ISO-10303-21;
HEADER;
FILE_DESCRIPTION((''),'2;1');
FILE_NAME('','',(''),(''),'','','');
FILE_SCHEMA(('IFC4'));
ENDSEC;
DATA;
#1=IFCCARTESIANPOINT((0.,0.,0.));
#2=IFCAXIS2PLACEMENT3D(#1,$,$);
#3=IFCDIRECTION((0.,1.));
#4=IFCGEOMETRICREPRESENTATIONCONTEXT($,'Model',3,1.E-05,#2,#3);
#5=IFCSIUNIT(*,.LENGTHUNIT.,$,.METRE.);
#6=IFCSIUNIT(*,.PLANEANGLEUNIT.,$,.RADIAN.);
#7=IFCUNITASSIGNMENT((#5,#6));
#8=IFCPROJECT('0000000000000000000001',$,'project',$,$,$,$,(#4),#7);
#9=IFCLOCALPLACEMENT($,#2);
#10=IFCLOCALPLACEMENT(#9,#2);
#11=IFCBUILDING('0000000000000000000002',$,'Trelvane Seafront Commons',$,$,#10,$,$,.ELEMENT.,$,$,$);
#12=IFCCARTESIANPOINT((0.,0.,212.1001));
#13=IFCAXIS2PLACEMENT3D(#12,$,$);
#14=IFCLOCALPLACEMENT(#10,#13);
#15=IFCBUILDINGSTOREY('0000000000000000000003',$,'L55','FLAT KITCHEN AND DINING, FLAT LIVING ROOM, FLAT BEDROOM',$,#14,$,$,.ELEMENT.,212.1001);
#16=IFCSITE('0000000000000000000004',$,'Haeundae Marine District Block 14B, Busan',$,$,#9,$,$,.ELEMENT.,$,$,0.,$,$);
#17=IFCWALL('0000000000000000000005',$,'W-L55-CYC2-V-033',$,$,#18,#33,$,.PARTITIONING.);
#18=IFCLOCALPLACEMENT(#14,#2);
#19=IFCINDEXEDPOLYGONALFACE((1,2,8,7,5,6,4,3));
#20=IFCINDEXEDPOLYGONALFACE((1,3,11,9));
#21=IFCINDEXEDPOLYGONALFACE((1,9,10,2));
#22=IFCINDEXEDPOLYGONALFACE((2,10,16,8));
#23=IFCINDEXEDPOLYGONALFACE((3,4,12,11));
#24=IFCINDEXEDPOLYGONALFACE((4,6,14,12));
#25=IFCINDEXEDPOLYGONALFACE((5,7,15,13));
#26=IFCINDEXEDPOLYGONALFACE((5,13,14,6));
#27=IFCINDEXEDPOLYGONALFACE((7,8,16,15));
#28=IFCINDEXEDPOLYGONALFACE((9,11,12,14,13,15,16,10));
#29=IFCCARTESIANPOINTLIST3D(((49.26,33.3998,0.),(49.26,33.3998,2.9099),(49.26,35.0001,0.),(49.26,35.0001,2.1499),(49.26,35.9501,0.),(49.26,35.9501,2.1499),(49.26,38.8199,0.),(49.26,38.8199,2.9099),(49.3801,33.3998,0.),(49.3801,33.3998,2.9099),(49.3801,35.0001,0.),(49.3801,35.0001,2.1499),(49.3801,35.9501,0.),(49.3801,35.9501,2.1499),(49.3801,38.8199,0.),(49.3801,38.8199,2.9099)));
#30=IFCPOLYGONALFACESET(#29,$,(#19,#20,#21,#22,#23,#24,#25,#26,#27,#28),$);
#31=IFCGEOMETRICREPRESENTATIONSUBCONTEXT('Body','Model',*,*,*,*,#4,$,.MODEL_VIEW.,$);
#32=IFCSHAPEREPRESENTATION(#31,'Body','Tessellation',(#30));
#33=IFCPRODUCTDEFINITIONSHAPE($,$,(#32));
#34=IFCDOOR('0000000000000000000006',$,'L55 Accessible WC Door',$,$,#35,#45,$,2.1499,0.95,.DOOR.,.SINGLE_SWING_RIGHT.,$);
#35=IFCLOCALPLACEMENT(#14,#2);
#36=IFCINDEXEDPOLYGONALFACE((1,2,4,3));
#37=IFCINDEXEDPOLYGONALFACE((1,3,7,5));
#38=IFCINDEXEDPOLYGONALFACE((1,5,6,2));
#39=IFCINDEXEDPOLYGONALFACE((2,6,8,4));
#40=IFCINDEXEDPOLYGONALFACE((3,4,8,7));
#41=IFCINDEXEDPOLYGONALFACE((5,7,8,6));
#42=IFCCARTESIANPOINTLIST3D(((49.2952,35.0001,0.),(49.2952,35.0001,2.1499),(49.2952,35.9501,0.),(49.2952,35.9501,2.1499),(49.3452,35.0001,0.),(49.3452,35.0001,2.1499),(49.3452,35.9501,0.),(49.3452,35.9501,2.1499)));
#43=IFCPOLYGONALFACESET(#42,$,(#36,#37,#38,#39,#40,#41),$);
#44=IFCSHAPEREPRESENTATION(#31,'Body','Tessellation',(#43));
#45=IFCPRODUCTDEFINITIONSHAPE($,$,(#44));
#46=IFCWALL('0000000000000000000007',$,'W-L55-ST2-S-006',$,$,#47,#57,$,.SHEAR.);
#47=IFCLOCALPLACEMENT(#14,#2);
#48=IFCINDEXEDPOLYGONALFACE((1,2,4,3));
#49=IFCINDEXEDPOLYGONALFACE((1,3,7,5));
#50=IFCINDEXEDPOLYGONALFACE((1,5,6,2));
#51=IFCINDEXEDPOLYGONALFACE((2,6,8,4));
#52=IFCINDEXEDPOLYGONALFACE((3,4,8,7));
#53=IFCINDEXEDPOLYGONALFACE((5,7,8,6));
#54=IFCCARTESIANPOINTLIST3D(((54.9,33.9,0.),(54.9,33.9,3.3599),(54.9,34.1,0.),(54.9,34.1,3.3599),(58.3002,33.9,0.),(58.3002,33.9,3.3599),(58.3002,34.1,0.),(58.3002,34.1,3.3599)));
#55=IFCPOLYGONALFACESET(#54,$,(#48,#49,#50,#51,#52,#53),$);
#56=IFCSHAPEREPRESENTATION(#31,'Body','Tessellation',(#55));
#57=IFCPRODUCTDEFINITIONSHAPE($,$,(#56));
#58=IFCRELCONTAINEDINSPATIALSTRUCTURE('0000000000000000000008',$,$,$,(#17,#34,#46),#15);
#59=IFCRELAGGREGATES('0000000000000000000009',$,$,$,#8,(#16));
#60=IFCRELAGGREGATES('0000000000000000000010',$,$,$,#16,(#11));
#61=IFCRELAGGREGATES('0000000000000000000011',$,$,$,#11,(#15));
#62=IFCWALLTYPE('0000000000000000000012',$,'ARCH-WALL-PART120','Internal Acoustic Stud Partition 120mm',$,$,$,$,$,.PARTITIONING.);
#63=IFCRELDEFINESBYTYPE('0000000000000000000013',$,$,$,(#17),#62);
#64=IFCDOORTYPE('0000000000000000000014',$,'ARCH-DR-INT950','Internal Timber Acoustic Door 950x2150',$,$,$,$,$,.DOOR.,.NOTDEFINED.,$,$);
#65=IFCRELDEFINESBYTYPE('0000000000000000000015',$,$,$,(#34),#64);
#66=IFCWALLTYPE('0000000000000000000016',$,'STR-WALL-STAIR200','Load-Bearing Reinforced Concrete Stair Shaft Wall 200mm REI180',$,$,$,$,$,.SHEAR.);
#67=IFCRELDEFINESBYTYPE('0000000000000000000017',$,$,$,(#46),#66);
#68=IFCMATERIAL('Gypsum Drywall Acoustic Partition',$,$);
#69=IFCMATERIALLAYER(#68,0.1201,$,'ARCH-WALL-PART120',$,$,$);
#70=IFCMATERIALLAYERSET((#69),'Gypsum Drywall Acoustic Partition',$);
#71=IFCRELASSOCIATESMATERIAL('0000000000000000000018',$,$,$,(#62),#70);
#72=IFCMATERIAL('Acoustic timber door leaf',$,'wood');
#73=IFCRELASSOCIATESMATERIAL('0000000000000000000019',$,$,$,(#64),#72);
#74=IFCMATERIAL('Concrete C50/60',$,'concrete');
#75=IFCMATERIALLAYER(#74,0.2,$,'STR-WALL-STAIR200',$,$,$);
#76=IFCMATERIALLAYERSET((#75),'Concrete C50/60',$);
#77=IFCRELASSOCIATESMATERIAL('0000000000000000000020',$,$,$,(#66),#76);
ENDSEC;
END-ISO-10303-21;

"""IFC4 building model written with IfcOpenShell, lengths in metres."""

from ifc_helpers import new_model, si_unit, direction, frame, frame_2d, origin, place, context, subcontext, project, spatial, rectangle, extrude, source, transform, mapped, material, layer, layer_set, type_object, element, fill, save


model = new_model("IFC4")

# Units and contexts
model_context = context("Model", 3, precision=1e-05, world=origin(), true_north=direction((0.0, 1.0)))
body_context = subcontext(model_context, "Body", "Model", "MODEL_VIEW")
ifc_project = project(units=[si_unit("LENGTHUNIT", "METRE"), si_unit("PLANEANGLEUNIT", "RADIAN")], contexts=[model_context])

# Site, building, storey
site_placement = place(None, origin())
site = spatial("IfcSite", under=ifc_project, at=site_placement, Name="Haeundae Marine District Block 14B, Busan", CompositionType="ELEMENT", RefElevation=0.0)
building_placement = place(site_placement, origin())
building = spatial("IfcBuilding", under=site, at=building_placement, Name="Trelvane Seafront Commons", CompositionType="ELEMENT")
storey_placement = place(building_placement, frame((0.0, 0.0, 212.1001)))
storey = spatial("IfcBuildingStorey", under=building, at=storey_placement, Name="L55", Description="FLAT KITCHEN AND DINING, FLAT LIVING ROOM, FLAT BEDROOM", CompositionType="ELEMENT", Elevation=212.1001)

# Shared definitions
ifc_material_1 = material(Name="Concrete C50/60", Category="concrete")

# Wall, opening, door
shared_shape_1 = source(origin(), body_context, "Body", "SweptSolid", [
    extrude(rectangle(XDim=0.95, YDim=2.1499, at=frame_2d((0.4751, 1.075))), frame((0.0, 0.0249, 0.0), z_axis=(0.0, -1.0, 0.0), x_axis=(1.0, 0.0, 0.0)), (0.0, 0.0, 1.0), 0.05),
])
ifc_material_2 = material(Name="Gypsum Drywall Acoustic Partition")
ifc_layer_1 = layer(ifc_material_2, 0.1201, Name="ARCH-WALL-PART120")
ifc_layer_set_1 = layer_set([ifc_layer_1], Name="Gypsum Drywall Acoustic Partition")
wall_type_1 = type_object("IfcWallType", Name="ARCH-WALL-PART120", Description="Internal Acoustic Stud Partition 120mm", PredefinedType="PARTITIONING", material=ifc_layer_set_1)
wall_1_placement = place(storey_placement, frame((49.3201, 33.3999, 0.0), z_axis=(0.0, 0.0, 1.0), x_axis=(0.0, 1.0, 0.0)))
wall_1 = element("IfcWall", 1, at=wall_1_placement, inside=storey, type_object=wall_type_1, Name="W-L55-CYC2-V-033", PredefinedType="PARTITIONING", context=body_context, shape_type="SweptSolid", body=[
    extrude(rectangle(XDim=5.4202, YDim=0.1201, at=frame_2d((2.71, 0.0))), origin(), (0.0, 0.0, 1.0), 2.9099),
])
opening_1_placement = place(wall_1_placement, frame((1.6001, 0.0, 0.0)))
opening_1 = element("IfcOpeningElement", 2, at=opening_1_placement, cuts=wall_1, PredefinedType="OPENING", context=body_context, shape_type="SweptSolid", body=[
    extrude(rectangle(XDim=0.95, YDim=2.1499, at=frame_2d((0.4751, 1.075))), frame((0.0, 0.0701, 0.0), z_axis=(0.0, -1.0, 0.0), x_axis=(1.0, 0.0, 0.0)), (0.0, 0.0, 1.0), 0.1401),
])
ifc_material_3 = material(Name="Acoustic timber door leaf", Category="wood")
door_type_1 = type_object("IfcDoorType", Name="ARCH-DR-INT950", Description="Internal Timber Acoustic Door 950x2150", OperationType="NOTDEFINED", PredefinedType="DOOR", material=ifc_material_3)
door_1_placement = place(opening_1_placement, origin())
door_1 = element("IfcDoor", 3, at=door_1_placement, inside=storey, type_object=door_type_1, Name="L55 Accessible WC Door", OperationType="SINGLE_SWING_RIGHT", OverallHeight=2.1499, OverallWidth=0.95, PredefinedType="DOOR", context=body_context, shape_type="MappedRepresentation", body=[
    mapped(shared_shape_1, transform((0.0, 0.0, 0.0), x_axis=(1.0, 0.0, 0.0), y_axis=(0.0, 1.0, 0.0), z_axis=(0.0, 0.0, 1.0), scale=1.0)),
])
fill(opening_1, door_1)

# Wall
ifc_layer_2 = layer(ifc_material_1, 0.2, Name="STR-WALL-STAIR200")
ifc_layer_set_2 = layer_set([ifc_layer_2], Name="Concrete C50/60")
wall_type_2 = type_object("IfcWallType", Name="STR-WALL-STAIR200", Description="Load-Bearing Reinforced Concrete Stair Shaft Wall 200mm REI180", PredefinedType="SHEAR", material=ifc_layer_set_2)
wall_2_placement = place(storey_placement, frame((54.8999, 34.0, 0.0), z_axis=(0.0, 0.0, 1.0), x_axis=(1.0, 0.0, 0.0)))
element("IfcWall", 4, at=wall_2_placement, inside=storey, type_object=wall_type_2, Name="W-L55-ST2-S-006", PredefinedType="SHEAR", context=body_context, shape_type="SweptSolid", body=[
    extrude(rectangle(XDim=3.4001, YDim=0.2, at=frame_2d((1.7002, 0.0))), origin(), (0.0, 0.0, 1.0), 3.3599),
])

save(model, "model.ifc")
